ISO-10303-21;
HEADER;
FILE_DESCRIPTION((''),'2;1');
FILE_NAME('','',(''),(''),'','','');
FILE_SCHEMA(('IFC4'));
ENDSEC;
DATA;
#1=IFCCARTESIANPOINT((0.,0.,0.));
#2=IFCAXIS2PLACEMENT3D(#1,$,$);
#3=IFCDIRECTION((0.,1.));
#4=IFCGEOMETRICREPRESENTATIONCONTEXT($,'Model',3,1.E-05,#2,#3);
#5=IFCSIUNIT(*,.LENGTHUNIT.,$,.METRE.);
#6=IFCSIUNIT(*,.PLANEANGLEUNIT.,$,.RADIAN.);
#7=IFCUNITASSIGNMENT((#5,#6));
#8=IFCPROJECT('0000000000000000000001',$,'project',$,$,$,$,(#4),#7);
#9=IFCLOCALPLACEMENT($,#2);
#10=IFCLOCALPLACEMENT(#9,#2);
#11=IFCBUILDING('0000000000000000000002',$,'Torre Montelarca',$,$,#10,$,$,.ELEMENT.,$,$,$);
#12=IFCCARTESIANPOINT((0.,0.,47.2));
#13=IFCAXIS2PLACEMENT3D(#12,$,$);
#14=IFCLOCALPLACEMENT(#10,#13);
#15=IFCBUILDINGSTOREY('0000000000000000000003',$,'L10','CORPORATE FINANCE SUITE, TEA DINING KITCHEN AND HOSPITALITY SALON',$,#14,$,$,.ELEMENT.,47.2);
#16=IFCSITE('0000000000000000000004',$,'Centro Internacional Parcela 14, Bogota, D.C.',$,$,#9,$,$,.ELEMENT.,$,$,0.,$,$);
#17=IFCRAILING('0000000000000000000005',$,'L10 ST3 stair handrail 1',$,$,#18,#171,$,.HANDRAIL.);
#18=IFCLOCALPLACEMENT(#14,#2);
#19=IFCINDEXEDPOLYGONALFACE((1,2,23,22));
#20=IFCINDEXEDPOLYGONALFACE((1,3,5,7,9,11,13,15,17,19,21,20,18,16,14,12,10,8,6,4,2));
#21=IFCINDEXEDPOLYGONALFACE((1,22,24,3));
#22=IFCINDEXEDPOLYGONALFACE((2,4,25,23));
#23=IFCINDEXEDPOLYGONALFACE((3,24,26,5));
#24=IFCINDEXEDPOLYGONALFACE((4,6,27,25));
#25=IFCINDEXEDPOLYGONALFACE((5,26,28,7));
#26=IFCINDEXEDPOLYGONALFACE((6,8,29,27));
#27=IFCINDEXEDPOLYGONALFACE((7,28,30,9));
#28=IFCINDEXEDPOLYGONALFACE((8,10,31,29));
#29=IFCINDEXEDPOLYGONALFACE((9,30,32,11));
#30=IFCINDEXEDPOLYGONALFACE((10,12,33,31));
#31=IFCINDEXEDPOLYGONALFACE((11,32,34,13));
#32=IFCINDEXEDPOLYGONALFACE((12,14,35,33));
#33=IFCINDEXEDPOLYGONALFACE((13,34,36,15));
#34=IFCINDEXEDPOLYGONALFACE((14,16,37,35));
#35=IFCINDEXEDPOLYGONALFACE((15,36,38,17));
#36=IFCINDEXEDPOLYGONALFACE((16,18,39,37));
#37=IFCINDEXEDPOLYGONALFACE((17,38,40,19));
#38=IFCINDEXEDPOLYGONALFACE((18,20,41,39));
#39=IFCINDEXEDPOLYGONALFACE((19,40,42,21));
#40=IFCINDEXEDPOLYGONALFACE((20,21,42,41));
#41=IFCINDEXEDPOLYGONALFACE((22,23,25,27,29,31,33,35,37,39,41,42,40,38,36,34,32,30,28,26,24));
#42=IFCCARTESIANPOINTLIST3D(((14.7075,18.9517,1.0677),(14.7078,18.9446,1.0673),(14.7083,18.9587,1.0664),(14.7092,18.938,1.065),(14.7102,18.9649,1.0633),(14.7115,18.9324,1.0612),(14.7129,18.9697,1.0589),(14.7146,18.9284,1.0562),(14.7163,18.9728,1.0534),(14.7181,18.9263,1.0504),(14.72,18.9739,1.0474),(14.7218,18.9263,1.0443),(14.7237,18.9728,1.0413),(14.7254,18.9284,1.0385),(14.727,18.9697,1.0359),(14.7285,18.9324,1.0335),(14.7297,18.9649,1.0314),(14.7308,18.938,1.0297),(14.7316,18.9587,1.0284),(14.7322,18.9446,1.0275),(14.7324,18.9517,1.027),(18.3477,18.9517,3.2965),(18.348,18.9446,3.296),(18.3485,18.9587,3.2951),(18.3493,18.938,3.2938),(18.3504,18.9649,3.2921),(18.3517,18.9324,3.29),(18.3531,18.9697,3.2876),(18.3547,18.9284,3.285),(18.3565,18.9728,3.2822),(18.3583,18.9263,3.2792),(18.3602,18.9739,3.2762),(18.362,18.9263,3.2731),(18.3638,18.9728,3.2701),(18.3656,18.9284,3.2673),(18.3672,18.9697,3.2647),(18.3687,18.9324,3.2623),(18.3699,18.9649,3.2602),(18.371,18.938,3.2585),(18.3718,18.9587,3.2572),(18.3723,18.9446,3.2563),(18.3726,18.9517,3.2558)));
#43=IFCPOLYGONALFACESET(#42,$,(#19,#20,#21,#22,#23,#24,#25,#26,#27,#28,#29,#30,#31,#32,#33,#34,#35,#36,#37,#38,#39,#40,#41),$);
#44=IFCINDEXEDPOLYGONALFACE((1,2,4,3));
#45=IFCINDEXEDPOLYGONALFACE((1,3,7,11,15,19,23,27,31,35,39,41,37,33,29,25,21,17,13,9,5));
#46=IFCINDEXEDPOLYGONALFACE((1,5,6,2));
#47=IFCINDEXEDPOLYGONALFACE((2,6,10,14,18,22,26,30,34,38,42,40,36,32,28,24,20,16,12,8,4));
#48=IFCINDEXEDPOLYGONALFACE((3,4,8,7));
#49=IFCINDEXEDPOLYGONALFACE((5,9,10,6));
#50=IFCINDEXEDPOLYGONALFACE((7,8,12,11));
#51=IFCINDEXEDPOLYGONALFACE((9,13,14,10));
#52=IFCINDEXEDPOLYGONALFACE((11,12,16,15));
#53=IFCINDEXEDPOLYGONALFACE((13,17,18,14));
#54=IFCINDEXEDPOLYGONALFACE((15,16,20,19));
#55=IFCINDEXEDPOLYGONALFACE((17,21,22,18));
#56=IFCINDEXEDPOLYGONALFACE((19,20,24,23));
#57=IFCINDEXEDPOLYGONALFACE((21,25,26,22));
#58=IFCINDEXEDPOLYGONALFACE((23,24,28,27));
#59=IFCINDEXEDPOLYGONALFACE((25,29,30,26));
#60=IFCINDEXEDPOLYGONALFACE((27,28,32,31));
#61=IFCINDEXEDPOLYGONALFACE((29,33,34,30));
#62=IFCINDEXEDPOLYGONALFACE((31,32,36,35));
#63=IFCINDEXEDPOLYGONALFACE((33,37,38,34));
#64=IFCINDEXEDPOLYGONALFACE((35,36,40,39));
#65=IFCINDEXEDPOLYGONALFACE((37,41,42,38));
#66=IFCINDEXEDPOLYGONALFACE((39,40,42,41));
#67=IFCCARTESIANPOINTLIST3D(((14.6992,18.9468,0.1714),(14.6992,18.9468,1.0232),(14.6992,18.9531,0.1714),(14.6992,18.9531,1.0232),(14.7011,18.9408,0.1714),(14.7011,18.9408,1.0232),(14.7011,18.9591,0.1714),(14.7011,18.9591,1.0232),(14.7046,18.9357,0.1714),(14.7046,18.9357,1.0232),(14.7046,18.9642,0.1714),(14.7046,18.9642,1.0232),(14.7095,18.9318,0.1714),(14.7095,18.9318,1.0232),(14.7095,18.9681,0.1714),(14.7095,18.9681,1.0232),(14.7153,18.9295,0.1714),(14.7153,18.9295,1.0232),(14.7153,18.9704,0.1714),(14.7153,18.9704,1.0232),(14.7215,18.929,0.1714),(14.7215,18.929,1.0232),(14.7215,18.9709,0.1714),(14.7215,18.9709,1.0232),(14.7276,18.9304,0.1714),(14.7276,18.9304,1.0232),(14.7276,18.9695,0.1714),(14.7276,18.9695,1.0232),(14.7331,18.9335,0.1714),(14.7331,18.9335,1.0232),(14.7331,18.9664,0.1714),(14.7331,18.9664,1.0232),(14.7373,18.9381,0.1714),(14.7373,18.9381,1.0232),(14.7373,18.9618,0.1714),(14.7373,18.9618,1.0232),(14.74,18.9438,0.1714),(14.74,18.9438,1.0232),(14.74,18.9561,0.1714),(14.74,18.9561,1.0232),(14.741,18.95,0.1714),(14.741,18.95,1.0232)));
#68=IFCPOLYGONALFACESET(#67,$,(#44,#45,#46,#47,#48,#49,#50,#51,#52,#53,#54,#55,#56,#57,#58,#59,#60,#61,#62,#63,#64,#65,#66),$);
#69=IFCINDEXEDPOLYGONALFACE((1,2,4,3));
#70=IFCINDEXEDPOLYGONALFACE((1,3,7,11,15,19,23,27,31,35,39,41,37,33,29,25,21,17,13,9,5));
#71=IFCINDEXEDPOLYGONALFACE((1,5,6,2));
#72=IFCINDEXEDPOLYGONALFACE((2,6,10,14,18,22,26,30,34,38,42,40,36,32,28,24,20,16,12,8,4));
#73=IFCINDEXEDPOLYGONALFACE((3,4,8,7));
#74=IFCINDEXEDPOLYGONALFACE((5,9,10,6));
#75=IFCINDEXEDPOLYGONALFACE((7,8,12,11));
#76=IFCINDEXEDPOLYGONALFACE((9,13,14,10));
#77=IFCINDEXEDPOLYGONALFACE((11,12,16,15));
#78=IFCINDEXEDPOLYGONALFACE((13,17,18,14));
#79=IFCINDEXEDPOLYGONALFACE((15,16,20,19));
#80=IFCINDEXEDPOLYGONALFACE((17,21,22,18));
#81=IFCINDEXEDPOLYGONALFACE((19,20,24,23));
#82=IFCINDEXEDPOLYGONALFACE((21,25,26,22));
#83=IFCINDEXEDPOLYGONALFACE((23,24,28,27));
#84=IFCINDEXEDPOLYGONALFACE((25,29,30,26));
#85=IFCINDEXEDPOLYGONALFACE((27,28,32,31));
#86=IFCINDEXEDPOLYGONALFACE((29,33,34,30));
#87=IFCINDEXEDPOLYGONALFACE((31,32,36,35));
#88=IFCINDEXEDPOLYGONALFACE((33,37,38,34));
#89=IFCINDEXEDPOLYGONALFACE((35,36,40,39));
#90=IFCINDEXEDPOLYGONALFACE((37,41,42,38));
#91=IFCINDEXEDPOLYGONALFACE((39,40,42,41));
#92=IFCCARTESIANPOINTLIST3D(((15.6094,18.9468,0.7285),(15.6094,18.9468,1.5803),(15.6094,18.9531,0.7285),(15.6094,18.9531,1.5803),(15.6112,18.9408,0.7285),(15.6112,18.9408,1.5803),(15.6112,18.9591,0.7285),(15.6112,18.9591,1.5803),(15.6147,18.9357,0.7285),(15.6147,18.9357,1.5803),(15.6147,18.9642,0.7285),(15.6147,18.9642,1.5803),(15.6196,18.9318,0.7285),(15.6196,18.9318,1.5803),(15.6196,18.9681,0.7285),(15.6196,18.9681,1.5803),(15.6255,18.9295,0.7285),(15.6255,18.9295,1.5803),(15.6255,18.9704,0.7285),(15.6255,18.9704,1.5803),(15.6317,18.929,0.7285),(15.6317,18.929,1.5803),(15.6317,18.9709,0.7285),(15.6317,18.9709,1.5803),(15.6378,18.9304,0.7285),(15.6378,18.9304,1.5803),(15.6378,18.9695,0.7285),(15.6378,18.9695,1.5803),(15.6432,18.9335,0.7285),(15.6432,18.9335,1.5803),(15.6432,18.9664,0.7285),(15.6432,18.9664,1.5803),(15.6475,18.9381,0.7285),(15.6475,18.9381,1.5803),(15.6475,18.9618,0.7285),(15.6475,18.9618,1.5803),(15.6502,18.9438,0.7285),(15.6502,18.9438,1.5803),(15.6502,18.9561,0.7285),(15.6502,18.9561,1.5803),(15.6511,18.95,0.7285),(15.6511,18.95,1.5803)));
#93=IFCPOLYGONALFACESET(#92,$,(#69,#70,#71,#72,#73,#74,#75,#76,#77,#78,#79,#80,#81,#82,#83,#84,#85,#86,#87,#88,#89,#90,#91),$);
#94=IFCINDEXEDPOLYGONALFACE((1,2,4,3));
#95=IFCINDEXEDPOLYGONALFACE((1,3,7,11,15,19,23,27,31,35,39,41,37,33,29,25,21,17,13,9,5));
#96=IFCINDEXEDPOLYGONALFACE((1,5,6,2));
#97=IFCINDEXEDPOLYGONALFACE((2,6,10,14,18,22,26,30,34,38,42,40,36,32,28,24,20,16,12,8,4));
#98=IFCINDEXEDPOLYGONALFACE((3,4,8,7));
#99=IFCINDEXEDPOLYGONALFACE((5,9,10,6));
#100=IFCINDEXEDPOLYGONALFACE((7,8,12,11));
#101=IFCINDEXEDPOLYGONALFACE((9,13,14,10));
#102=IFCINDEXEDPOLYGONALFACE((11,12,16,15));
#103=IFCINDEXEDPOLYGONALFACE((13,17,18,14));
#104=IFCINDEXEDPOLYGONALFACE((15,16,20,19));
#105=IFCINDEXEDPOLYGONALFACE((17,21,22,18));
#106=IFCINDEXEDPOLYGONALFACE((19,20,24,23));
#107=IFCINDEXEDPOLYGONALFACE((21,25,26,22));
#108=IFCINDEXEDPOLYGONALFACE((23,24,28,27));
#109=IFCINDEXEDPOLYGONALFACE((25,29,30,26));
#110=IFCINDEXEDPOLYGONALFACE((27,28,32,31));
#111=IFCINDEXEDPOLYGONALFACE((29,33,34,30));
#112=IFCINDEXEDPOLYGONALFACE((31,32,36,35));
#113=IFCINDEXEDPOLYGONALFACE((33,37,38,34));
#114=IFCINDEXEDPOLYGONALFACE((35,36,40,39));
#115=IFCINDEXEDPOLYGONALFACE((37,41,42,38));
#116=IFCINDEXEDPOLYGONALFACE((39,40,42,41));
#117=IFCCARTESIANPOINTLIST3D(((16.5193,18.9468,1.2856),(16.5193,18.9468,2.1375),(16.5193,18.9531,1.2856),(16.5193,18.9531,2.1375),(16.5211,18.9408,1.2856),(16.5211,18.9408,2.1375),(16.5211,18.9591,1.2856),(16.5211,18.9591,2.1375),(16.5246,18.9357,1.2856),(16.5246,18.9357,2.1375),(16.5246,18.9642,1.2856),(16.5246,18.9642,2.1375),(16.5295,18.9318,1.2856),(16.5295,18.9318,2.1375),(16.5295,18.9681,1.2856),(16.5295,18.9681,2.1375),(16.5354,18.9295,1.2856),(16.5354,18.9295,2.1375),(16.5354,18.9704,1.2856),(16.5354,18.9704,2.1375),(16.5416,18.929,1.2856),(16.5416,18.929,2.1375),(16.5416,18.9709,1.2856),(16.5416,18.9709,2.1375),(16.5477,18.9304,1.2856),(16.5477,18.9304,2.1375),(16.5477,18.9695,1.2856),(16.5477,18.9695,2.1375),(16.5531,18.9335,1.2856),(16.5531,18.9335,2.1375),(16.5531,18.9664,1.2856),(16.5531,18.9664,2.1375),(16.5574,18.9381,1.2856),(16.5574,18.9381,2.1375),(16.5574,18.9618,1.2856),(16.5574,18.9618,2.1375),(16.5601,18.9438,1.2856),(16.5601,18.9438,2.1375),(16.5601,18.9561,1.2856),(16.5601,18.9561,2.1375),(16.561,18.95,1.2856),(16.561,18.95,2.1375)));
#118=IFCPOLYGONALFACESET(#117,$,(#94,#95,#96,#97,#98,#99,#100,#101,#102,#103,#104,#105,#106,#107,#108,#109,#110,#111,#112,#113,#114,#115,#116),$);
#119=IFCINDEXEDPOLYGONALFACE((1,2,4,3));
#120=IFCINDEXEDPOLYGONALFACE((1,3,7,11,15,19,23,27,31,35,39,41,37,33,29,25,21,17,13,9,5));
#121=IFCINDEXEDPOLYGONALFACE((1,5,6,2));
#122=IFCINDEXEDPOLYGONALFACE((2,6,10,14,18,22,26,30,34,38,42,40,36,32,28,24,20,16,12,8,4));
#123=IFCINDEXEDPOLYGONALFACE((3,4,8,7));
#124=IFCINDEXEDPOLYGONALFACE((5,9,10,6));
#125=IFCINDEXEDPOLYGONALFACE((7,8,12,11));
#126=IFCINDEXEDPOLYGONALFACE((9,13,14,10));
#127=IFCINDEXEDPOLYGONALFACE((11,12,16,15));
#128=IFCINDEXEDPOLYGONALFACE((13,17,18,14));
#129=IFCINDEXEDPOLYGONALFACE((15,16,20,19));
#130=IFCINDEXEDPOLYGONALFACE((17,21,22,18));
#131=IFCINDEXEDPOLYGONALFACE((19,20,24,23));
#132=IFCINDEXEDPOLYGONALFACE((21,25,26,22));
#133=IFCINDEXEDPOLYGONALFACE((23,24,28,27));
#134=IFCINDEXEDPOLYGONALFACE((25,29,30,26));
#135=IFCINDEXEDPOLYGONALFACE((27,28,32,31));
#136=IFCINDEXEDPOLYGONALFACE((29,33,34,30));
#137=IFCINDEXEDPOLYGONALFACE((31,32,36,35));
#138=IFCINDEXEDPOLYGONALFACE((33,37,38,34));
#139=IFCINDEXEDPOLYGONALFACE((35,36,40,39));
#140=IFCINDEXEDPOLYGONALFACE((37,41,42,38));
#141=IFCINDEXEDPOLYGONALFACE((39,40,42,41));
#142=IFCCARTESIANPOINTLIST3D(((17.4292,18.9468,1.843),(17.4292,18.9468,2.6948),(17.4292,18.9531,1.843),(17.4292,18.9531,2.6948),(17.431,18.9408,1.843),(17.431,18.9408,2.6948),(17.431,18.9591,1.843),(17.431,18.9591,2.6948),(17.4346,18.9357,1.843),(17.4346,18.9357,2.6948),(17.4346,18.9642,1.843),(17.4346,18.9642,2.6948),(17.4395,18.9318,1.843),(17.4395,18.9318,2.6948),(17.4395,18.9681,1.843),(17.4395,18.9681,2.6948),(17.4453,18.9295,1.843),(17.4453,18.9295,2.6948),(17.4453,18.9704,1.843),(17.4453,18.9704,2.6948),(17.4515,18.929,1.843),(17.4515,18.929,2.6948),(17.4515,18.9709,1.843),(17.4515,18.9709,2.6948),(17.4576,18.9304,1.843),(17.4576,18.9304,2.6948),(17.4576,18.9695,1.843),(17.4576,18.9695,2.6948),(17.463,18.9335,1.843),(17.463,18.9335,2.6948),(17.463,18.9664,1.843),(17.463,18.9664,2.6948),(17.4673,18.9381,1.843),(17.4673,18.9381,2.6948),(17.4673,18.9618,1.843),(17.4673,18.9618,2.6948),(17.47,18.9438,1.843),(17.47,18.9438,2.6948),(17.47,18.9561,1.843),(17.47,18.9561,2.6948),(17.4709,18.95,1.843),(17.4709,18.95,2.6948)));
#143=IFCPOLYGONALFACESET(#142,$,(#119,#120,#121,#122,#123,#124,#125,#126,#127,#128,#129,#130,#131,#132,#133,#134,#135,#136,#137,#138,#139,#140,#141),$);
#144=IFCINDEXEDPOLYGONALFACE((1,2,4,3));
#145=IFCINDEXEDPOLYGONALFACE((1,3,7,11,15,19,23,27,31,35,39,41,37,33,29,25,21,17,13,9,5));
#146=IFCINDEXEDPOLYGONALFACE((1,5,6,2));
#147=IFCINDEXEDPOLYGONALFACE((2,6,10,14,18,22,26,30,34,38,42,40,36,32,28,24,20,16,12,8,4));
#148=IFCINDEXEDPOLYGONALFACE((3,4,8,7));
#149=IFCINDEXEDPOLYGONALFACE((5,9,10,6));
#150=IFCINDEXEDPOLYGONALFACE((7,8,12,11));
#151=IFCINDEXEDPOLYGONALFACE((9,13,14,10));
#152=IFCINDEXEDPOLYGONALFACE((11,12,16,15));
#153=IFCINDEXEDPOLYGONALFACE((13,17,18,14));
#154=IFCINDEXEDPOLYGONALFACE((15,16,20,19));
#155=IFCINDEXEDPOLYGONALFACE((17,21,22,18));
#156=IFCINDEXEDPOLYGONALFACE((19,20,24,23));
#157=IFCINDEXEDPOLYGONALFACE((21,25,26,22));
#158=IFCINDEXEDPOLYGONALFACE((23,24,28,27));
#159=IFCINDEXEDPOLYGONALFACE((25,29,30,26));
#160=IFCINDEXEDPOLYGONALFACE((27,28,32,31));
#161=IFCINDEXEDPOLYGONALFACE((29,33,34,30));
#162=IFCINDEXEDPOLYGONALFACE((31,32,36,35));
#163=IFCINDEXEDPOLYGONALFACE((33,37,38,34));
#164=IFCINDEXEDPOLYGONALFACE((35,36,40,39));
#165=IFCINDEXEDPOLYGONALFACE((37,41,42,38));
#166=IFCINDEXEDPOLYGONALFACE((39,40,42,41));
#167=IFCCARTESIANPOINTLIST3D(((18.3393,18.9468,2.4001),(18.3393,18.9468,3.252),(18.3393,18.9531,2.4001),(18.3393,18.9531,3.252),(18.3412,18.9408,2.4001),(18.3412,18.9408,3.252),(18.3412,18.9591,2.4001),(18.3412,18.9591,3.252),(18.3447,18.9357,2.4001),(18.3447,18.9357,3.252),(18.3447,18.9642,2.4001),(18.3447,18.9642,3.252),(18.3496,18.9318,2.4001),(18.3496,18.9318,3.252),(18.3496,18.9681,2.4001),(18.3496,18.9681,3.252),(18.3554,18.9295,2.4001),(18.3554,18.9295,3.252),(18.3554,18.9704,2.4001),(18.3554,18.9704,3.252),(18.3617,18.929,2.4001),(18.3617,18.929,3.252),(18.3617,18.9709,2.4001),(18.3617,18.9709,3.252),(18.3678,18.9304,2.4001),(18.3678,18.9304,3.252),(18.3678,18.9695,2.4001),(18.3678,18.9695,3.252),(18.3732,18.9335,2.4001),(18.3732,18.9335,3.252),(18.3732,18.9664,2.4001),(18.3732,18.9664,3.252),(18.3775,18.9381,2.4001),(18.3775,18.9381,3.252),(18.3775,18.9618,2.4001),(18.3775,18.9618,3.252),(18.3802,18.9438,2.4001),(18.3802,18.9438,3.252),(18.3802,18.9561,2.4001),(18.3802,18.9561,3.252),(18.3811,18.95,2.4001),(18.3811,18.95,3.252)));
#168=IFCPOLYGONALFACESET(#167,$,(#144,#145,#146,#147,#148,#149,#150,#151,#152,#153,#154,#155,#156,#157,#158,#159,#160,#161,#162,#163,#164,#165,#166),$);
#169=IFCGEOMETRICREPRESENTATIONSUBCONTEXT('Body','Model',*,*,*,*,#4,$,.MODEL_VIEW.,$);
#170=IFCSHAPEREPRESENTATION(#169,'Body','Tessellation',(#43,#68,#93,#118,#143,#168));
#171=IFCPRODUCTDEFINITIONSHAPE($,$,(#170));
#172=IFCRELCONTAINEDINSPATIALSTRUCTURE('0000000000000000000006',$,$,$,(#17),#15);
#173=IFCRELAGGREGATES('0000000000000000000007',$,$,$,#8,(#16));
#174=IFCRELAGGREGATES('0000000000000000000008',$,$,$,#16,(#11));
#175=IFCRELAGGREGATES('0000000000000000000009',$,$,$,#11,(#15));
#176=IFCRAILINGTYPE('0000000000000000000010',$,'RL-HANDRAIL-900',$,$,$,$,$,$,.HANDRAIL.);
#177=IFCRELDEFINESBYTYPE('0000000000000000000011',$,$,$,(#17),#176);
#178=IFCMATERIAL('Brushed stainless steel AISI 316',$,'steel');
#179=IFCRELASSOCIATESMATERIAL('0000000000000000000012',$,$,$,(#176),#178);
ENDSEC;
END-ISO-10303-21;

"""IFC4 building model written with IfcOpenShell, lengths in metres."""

from ifc_helpers import new_model, si_unit, direction, frame, origin, origin_2d, place, context, subcontext, project, spatial, circle, extrude, material, type_object, element, save


model = new_model("IFC4")

# Units and contexts
model_context = context("Model", 3, precision=1e-05, world=origin(), true_north=direction((0.0, 1.0)))
body_context = subcontext(model_context, "Body", "Model", "MODEL_VIEW")
ifc_project = project(units=[si_unit("LENGTHUNIT", "METRE"), si_unit("PLANEANGLEUNIT", "RADIAN")], contexts=[model_context])

# Site, building, storey
site_placement = place(None, origin())
site = spatial("IfcSite", under=ifc_project, at=site_placement, Name="Centro Internacional Parcela 14, Bogota, D.C.", CompositionType="ELEMENT", RefElevation=0.0)
building_placement = place(site_placement, origin())
building = spatial("IfcBuilding", under=site, at=building_placement, Name="Torre Montelarca", CompositionType="ELEMENT")
storey_placement = place(building_placement, frame((0.0, 0.0, 47.2)))
storey = spatial("IfcBuildingStorey", under=building, at=storey_placement, Name="L10", Description="CORPORATE FINANCE SUITE, TEA DINING KITCHEN AND HOSPITALITY SALON", CompositionType="ELEMENT", Elevation=47.2)

# Railing
ifc_material_1 = material(Name="Brushed stainless steel AISI 316", Category="steel")
railing_type_1 = type_object("IfcRailingType", Name="RL-HANDRAIL-900", PredefinedType="HANDRAIL", material=ifc_material_1)
railing_1_placement = place(storey_placement, frame((14.72, 18.95, 0.1714)))
element("IfcRailing", 1, at=railing_1_placement, inside=storey, type_object=railing_type_1, Name="L10 ST3 stair handrail 1", PredefinedType="HANDRAIL", context=body_context, shape_type="SweptSolid", body=[
    extrude(circle(Radius=0.0239, at=origin_2d()), frame((0.0, 0.0, 0.876), z_axis=(0.85284, 0.0, 0.522172), x_axis=(0.0, 1.0, 0.0)), (0.0, 0.0, 1.0), 4.2683),
    extrude(circle(Radius=0.021, at=origin_2d()), origin(), (0.0, 0.0, 1.0), 0.8518),
    extrude(circle(Radius=0.021, at=origin_2d()), frame((0.9102, 0.0, 0.5571)), (0.0, 0.0, 1.0), 0.8518),
    extrude(circle(Radius=0.021, at=origin_2d()), frame((1.8201, 0.0, 1.1143)), (0.0, 0.0, 1.0), 0.8518),
    extrude(circle(Radius=0.021, at=origin_2d()), frame((2.73, 0.0, 1.6716)), (0.0, 0.0, 1.0), 0.8518),
    extrude(circle(Radius=0.021, at=origin_2d()), frame((3.6401, 0.0, 2.2288)), (0.0, 0.0, 1.0), 0.8518),
])

save(model, "model.ifc")
